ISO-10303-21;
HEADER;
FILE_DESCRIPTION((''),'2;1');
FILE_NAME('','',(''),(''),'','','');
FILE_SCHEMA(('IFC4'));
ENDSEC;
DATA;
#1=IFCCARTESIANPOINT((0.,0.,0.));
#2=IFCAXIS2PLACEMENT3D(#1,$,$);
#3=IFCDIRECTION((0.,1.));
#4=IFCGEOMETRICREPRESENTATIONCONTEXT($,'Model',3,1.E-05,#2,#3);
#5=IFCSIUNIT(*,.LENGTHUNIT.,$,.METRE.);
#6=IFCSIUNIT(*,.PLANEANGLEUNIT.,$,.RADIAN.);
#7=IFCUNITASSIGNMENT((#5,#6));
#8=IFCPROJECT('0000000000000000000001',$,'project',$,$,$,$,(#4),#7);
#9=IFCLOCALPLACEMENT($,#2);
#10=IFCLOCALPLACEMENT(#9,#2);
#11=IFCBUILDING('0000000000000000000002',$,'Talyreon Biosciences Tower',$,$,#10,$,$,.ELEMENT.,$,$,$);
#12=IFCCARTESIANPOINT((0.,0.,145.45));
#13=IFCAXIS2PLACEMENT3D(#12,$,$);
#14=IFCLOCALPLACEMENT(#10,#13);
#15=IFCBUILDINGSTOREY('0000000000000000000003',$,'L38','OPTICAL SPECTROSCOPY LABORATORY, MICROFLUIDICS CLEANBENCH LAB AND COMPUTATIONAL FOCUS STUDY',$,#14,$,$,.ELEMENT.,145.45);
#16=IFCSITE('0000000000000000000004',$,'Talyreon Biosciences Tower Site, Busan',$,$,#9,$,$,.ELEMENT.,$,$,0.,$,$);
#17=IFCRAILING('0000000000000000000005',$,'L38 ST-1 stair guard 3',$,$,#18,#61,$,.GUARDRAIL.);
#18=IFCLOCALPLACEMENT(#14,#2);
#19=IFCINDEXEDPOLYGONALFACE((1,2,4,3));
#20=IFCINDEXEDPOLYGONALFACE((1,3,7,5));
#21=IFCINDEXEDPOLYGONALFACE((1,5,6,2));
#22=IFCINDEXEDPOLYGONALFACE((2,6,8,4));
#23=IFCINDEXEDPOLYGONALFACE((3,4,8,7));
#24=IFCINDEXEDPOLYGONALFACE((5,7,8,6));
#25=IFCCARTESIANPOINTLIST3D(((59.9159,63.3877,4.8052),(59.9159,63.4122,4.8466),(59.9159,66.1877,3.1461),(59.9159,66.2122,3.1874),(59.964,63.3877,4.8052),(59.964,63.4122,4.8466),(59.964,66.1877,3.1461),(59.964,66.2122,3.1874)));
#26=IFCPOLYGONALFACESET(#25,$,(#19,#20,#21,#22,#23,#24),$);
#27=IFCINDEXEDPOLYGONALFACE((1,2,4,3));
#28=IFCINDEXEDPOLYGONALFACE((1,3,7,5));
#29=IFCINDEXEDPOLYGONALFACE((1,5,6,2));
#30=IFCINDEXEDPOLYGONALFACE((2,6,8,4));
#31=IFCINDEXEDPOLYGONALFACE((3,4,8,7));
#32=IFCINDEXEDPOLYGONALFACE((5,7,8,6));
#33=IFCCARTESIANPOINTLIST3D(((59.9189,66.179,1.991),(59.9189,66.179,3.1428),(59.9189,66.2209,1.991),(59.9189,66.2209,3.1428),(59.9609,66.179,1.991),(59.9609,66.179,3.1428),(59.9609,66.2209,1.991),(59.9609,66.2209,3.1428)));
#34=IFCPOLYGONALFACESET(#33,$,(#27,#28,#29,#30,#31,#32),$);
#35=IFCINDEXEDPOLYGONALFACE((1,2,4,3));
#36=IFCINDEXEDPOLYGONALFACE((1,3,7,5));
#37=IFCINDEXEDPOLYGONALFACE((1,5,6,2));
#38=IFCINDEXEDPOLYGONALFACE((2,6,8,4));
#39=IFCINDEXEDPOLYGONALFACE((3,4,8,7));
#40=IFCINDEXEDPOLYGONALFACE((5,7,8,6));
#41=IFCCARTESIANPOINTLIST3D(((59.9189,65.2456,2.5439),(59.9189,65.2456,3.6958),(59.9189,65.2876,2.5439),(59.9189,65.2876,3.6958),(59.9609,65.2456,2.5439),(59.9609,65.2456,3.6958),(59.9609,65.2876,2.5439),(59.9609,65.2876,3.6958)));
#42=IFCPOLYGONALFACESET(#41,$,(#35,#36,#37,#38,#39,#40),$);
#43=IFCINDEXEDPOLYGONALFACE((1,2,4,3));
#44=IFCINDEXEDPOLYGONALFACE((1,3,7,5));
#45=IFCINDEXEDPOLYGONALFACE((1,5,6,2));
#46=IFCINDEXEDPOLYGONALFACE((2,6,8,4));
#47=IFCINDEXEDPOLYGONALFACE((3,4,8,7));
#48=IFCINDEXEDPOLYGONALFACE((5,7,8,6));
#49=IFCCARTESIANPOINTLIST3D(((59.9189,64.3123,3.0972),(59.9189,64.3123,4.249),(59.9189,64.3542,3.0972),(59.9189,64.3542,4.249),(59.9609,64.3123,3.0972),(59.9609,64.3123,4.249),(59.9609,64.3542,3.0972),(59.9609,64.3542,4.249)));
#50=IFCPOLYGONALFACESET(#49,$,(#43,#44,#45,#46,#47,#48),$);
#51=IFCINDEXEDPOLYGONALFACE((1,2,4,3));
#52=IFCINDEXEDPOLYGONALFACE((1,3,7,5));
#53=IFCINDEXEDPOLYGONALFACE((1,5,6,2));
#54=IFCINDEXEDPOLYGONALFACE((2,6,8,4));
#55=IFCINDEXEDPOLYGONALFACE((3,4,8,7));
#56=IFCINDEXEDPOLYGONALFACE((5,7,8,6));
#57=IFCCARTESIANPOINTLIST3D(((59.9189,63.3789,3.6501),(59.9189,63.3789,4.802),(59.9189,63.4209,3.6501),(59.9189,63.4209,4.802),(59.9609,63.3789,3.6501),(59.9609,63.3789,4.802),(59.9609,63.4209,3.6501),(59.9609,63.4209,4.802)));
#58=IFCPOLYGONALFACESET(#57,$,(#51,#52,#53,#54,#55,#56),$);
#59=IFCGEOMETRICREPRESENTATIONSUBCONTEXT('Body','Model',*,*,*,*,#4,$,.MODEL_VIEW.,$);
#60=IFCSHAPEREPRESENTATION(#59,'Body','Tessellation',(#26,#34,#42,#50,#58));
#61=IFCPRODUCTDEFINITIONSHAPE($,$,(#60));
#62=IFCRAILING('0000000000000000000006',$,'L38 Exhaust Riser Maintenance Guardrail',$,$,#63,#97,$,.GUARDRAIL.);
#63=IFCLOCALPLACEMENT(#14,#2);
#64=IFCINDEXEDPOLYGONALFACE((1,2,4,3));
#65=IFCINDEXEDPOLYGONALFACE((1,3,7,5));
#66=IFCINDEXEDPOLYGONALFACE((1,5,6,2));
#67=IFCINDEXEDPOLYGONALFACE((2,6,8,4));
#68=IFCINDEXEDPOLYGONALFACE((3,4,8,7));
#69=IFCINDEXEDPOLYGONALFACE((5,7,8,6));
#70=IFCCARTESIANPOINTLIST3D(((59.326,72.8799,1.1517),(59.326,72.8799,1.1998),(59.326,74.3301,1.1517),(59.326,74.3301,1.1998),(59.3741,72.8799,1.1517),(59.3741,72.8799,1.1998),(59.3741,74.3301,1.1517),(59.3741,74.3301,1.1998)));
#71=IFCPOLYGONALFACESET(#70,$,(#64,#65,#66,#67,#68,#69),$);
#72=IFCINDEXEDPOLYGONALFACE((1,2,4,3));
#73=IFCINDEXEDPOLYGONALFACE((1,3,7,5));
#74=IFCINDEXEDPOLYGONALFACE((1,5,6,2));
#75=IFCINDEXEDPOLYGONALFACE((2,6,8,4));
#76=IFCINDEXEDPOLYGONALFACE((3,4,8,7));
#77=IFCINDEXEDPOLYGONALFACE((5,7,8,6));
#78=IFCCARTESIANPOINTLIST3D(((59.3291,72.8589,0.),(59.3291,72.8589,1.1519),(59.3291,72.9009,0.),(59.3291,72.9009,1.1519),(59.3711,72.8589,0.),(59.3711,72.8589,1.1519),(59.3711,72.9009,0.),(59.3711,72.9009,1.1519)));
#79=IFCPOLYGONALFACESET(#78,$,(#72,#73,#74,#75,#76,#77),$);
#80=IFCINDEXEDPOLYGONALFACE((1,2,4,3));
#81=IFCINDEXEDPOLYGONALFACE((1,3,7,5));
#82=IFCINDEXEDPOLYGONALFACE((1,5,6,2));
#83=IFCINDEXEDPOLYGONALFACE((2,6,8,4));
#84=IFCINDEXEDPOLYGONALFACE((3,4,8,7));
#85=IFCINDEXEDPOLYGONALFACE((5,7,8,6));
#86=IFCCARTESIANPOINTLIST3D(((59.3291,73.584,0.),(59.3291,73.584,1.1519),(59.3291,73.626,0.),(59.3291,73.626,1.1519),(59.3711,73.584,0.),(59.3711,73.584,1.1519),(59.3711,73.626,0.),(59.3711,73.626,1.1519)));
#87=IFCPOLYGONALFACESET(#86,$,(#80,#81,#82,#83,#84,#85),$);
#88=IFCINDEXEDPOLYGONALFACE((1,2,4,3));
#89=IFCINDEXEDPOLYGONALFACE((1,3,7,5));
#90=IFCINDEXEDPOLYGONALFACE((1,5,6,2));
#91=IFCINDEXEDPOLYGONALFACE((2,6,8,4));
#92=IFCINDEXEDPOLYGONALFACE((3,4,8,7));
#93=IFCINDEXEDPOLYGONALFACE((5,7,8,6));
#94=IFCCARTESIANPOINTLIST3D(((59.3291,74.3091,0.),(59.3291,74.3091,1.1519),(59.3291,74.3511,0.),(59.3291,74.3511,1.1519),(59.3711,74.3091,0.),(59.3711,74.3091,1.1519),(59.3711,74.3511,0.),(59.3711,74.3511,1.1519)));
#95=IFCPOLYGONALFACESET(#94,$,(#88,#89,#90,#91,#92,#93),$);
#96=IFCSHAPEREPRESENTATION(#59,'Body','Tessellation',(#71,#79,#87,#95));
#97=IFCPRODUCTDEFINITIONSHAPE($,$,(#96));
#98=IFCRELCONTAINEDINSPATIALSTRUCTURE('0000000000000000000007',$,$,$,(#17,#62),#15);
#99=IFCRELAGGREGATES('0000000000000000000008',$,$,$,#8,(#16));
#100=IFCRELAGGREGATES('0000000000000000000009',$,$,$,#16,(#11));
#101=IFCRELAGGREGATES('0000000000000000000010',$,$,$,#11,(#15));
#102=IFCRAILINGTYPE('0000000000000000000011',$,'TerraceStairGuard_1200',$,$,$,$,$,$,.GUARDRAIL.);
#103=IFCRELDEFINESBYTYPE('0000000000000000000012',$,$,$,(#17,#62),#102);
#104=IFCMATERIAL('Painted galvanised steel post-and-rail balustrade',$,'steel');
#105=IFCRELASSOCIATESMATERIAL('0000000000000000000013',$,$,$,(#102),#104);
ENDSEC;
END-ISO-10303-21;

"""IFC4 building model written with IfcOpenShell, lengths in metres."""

from ifc_helpers import new_model, si_unit, direction, frame, origin, origin_2d, place, context, subcontext, project, spatial, rectangle, extrude, material, type_object, element, save


model = new_model("IFC4")

# Units and contexts
model_context = context("Model", 3, precision=1e-05, world=origin(), true_north=direction((0.0, 1.0)))
body_context = subcontext(model_context, "Body", "Model", "MODEL_VIEW")
ifc_project = project(units=[si_unit("LENGTHUNIT", "METRE"), si_unit("PLANEANGLEUNIT", "RADIAN")], contexts=[model_context])

# Site, building, storey
site_placement = place(None, origin())
site = spatial("IfcSite", under=ifc_project, at=site_placement, Name="Talyreon Biosciences Tower Site, Busan", CompositionType="ELEMENT", RefElevation=0.0)
building_placement = place(site_placement, origin())
building = spatial("IfcBuilding", under=site, at=building_placement, Name="Talyreon Biosciences Tower", CompositionType="ELEMENT")
storey_placement = place(building_placement, frame((0.0, 0.0, 145.45)))
storey = spatial("IfcBuildingStorey", under=building, at=storey_placement, Name="L38", Description="OPTICAL SPECTROSCOPY LABORATORY, MICROFLUIDICS CLEANBENCH LAB AND COMPUTATIONAL FOCUS STUDY", CompositionType="ELEMENT", Elevation=145.45)

# Railings
ifc_material_1 = material(Name="Painted galvanised steel post-and-rail balustrade", Category="steel")
railing_type_1 = type_object("IfcRailingType", Name="TerraceStairGuard_1200", PredefinedType="GUARDRAIL", material=ifc_material_1)
railing_1_placement = place(storey_placement, frame((59.9399, 66.2, 1.991)))
element("IfcRailing", 1, at=railing_1_placement, inside=storey, type_object=railing_type_1, Name="L38 ST-1 stair guard 3", PredefinedType="GUARDRAIL", context=body_context, shape_type="SweptSolid", body=[
    extrude(rectangle(XDim=0.0481, YDim=0.0481, at=origin_2d()), frame((0.0, 0.0, 1.1758), z_axis=(0.0, -0.860306, 0.509778), x_axis=(1.0, 0.0, 0.0)), (0.0, 0.0, 1.0), 3.2546),
    extrude(rectangle(XDim=0.042, YDim=0.042, at=origin_2d()), origin(), (0.0, 0.0, 1.0), 1.1519),
    extrude(rectangle(XDim=0.042, YDim=0.042, at=origin_2d()), frame((0.0, -0.9333, 0.553)), (0.0, 0.0, 1.0), 1.1519),
    extrude(rectangle(XDim=0.042, YDim=0.042, at=origin_2d()), frame((0.0, -1.8667, 1.1062)), (0.0, 0.0, 1.0), 1.1519),
    extrude(rectangle(XDim=0.042, YDim=0.042, at=origin_2d()), frame((0.0, -2.8, 1.6592)), (0.0, 0.0, 1.0), 1.1519),
])
railing_2_placement = place(storey_placement, frame((59.3501, 72.8799, 0.0)))
element("IfcRailing", 2, at=railing_2_placement, inside=storey, type_object=railing_type_1, Name="L38 Exhaust Riser Maintenance Guardrail", PredefinedType="GUARDRAIL", context=body_context, shape_type="SweptSolid", body=[
    extrude(rectangle(XDim=0.0481, YDim=0.0481, at=origin_2d()), frame((0.0, 0.0, 1.1758), z_axis=(0.0, 1.0, 0.0), x_axis=(-1.0, 0.0, 0.0)), (0.0, 0.0, 1.0), 1.4502),
    extrude(rectangle(XDim=0.042, YDim=0.042, at=origin_2d()), origin(), (0.0, 0.0, 1.0), 1.1519),
    extrude(rectangle(XDim=0.042, YDim=0.042, at=origin_2d()), frame((0.0, 0.7251, 0.0)), (0.0, 0.0, 1.0), 1.1519),
    extrude(rectangle(XDim=0.042, YDim=0.042, at=origin_2d()), frame((0.0, 1.4502, 0.0)), (0.0, 0.0, 1.0), 1.1519),
])

save(model, "model.ifc")
